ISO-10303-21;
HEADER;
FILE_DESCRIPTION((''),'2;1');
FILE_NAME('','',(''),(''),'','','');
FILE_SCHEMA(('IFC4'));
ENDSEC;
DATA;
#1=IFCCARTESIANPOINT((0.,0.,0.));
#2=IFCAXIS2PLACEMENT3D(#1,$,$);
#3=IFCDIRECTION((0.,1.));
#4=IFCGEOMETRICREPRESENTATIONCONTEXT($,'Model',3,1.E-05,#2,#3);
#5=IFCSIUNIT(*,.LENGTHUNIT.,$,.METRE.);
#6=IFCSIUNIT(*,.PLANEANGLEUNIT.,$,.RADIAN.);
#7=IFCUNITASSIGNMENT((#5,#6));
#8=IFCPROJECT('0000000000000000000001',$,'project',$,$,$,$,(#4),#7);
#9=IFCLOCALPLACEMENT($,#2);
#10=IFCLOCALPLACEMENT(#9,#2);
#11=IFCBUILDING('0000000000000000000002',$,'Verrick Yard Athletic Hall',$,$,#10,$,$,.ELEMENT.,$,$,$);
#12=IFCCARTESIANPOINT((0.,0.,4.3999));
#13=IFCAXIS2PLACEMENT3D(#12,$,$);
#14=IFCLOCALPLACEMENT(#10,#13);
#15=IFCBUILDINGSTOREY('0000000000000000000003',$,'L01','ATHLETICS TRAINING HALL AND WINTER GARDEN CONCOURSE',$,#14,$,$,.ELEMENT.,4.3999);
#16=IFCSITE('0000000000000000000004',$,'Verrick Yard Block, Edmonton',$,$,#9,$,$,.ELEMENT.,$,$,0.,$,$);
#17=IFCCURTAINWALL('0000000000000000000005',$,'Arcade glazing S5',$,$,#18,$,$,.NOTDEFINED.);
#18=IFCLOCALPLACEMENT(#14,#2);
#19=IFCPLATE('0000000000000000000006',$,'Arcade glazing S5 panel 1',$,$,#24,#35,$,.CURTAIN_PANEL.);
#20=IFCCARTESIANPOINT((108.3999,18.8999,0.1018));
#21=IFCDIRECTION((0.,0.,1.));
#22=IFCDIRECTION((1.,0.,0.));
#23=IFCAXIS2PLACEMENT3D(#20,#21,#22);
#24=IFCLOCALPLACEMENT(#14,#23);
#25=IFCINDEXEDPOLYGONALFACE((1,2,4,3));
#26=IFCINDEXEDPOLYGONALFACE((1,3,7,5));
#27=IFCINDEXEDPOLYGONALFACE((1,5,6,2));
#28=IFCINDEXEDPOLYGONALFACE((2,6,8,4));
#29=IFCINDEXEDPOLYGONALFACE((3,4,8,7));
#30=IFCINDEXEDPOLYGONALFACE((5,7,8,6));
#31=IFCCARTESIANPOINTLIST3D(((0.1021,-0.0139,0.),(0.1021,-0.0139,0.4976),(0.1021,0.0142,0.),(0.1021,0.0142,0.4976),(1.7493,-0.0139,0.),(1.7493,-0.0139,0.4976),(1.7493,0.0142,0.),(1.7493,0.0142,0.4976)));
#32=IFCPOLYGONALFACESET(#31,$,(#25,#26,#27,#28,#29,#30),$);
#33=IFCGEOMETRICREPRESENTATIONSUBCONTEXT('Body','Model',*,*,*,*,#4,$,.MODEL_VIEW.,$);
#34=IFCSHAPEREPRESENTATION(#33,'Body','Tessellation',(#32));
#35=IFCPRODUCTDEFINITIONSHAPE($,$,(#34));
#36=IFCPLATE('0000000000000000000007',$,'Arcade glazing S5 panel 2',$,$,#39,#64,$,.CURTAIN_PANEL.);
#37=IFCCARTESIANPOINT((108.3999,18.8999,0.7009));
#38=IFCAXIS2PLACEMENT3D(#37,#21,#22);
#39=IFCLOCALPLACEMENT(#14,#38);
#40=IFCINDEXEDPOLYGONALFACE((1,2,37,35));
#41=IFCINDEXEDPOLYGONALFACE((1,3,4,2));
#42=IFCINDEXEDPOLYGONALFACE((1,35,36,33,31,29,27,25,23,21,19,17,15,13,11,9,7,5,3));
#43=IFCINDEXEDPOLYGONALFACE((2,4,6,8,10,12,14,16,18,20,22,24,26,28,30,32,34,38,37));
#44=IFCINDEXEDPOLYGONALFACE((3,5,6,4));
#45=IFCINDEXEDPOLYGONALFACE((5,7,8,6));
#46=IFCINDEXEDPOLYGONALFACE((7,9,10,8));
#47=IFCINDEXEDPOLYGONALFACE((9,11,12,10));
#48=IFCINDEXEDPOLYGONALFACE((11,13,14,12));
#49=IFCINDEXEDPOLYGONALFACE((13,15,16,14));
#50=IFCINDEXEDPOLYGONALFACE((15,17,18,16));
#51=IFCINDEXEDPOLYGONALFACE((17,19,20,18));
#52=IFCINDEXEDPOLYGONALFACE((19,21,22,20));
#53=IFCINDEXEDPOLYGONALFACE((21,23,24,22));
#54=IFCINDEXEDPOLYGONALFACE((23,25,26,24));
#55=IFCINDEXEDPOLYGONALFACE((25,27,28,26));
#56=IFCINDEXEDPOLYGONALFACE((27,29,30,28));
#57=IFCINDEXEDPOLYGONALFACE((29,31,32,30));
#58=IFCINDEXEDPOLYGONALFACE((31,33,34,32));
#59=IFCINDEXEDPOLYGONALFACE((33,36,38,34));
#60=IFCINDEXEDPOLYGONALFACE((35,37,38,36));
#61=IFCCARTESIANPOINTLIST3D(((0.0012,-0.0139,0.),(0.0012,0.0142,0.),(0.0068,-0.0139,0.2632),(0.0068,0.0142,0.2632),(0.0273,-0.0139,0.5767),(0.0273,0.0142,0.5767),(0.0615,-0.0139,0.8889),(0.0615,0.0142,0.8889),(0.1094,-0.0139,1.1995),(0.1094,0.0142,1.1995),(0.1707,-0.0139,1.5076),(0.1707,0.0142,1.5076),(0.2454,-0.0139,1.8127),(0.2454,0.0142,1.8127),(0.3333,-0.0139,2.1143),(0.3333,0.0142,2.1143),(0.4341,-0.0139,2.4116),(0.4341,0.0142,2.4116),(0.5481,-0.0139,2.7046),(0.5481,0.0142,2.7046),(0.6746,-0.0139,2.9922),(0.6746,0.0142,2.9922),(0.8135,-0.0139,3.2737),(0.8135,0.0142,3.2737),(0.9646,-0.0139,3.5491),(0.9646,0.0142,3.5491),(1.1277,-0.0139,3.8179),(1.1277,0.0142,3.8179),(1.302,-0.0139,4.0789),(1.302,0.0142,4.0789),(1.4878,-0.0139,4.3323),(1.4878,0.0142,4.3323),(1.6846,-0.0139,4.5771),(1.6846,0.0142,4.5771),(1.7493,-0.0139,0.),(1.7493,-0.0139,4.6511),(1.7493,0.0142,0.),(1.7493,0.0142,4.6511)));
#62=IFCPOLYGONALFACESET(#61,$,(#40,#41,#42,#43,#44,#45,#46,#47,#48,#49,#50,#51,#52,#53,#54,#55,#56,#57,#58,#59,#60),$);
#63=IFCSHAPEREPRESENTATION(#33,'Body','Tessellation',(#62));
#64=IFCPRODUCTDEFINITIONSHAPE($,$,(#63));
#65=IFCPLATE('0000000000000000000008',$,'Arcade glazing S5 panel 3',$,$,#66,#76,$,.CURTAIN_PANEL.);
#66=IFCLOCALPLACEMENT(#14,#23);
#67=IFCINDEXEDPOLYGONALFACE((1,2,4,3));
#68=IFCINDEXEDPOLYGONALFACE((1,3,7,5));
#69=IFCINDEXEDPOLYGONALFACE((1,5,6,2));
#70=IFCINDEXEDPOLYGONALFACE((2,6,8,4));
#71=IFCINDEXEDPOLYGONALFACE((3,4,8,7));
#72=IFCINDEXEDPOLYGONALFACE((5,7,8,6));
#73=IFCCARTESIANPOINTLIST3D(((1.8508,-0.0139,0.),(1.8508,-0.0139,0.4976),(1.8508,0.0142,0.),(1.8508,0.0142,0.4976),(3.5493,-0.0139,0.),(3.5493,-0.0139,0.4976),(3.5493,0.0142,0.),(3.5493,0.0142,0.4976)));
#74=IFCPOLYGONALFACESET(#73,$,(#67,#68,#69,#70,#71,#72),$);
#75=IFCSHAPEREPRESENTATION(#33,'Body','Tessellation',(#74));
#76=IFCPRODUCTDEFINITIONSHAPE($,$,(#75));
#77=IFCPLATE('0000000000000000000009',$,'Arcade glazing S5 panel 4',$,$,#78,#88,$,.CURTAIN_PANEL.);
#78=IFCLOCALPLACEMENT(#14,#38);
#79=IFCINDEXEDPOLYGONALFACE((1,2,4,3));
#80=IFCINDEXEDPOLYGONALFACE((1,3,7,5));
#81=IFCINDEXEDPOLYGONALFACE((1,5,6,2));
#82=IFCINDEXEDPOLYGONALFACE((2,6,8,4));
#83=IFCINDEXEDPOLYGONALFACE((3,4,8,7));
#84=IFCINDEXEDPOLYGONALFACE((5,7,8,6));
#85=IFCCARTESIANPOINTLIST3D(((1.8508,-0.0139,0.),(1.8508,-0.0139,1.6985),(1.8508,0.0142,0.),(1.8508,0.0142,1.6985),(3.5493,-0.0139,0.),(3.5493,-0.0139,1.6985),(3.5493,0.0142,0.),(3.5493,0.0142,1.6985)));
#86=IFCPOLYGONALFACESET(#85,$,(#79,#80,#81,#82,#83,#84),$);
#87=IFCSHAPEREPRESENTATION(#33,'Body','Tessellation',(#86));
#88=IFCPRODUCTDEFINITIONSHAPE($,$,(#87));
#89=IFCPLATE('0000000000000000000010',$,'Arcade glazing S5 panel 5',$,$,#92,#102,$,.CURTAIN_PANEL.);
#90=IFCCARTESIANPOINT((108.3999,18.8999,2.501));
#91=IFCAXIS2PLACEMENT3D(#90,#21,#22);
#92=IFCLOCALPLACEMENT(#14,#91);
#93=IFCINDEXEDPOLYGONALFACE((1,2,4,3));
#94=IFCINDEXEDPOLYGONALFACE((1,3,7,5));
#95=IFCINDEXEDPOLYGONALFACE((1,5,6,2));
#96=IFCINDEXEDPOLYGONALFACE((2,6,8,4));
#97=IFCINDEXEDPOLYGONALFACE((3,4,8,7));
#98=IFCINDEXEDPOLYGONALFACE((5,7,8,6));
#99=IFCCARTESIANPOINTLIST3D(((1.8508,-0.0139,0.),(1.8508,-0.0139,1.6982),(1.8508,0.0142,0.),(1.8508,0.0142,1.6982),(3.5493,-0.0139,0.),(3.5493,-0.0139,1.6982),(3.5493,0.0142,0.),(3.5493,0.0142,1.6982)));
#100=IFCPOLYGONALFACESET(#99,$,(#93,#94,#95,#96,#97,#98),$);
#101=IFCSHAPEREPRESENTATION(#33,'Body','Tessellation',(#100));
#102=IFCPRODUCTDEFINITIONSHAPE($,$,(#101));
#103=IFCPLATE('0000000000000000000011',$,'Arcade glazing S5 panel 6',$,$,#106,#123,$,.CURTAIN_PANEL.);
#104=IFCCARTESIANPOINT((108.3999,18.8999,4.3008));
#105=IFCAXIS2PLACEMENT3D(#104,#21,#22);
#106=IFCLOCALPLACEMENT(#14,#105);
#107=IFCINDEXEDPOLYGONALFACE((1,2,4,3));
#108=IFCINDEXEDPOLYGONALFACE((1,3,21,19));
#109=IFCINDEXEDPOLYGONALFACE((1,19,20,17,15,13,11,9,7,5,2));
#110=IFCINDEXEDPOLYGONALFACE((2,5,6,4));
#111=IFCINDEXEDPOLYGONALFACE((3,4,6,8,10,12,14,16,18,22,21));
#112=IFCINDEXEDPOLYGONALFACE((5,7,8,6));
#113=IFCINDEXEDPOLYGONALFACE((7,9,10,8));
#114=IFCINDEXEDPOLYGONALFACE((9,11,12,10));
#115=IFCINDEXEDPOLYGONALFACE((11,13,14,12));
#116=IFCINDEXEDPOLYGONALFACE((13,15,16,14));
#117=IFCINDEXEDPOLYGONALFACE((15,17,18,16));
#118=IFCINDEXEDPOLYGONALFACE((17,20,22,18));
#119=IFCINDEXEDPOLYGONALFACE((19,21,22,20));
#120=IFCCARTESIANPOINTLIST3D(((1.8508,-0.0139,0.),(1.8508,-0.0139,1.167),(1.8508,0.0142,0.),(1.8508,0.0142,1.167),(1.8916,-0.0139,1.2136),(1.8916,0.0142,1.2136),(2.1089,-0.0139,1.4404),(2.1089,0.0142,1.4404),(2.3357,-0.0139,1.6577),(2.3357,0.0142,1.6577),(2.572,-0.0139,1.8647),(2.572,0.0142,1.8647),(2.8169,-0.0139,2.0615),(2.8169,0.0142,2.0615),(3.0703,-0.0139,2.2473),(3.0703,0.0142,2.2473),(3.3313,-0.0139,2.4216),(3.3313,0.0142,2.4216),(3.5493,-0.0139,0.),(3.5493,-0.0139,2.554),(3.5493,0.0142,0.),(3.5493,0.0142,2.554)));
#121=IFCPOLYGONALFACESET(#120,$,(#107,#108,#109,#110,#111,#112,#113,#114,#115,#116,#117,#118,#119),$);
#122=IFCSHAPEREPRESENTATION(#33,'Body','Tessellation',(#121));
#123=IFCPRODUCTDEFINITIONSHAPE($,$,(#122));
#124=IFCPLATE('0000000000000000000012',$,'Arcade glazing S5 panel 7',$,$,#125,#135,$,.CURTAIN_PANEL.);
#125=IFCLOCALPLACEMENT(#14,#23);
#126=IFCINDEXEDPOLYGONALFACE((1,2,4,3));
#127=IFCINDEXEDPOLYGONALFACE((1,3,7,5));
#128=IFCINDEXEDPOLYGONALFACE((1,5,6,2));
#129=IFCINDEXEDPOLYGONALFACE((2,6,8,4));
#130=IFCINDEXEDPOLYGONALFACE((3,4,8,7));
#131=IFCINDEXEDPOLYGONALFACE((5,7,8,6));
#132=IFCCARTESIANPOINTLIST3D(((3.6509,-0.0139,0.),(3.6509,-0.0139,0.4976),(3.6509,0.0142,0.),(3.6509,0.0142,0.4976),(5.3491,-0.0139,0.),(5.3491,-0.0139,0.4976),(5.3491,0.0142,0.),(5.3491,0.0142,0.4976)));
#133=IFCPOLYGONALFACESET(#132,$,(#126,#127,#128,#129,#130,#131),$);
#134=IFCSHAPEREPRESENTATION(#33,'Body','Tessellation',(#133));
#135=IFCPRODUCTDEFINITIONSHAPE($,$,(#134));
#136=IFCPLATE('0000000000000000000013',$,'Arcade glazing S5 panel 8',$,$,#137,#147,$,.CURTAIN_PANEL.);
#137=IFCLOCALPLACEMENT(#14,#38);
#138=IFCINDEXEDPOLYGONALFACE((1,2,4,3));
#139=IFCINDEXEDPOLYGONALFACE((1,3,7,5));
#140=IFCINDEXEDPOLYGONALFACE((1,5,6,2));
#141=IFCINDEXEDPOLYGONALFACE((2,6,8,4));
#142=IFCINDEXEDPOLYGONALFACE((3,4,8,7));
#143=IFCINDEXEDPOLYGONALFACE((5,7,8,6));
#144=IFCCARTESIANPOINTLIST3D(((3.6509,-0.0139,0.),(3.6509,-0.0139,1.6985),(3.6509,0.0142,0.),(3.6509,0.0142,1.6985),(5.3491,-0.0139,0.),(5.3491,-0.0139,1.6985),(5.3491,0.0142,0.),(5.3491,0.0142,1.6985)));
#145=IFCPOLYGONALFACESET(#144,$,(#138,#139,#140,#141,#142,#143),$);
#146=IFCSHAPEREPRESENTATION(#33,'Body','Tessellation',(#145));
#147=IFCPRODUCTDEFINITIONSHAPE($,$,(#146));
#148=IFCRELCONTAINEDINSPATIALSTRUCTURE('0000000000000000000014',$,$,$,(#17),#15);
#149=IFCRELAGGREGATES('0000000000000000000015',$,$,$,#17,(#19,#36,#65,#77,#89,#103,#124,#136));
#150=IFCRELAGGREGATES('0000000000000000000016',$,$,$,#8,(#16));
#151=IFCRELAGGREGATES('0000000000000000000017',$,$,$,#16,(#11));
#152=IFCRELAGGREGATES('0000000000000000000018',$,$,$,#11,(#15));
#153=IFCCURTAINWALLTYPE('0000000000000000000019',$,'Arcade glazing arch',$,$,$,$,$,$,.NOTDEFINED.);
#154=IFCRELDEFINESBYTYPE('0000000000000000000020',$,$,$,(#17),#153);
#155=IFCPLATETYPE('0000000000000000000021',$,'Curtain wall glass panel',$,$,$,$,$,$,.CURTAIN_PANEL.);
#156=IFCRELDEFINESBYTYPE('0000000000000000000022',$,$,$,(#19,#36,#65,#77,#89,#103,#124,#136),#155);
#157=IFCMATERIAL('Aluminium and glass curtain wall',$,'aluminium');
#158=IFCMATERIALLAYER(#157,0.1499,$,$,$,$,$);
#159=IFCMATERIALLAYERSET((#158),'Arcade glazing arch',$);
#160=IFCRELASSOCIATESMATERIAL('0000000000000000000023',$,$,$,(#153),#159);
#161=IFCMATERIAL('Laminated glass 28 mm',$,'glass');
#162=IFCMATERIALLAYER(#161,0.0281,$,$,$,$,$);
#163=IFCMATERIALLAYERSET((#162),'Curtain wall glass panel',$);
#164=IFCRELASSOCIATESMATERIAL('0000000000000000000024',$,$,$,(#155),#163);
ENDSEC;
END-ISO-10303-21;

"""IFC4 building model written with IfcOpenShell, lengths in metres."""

from ifc_helpers import new_model, si_unit, direction, frame, origin, place, context, subcontext, project, spatial, polyline, outline, extrude, material, layer, layer_set, type_object, element, aggregate, save


model = new_model("IFC4")

# Units and contexts
model_context = context("Model", 3, precision=1e-05, world=origin(), true_north=direction((0.0, 1.0)))
body_context = subcontext(model_context, "Body", "Model", "MODEL_VIEW")
ifc_project = project(units=[si_unit("LENGTHUNIT", "METRE"), si_unit("PLANEANGLEUNIT", "RADIAN")], contexts=[model_context])

# Site, building, storey
site_placement = place(None, origin())
site = spatial("IfcSite", under=ifc_project, at=site_placement, Name="Verrick Yard Block, Edmonton", CompositionType="ELEMENT", RefElevation=0.0)
building_placement = place(site_placement, origin())
building = spatial("IfcBuilding", under=site, at=building_placement, Name="Verrick Yard Athletic Hall", CompositionType="ELEMENT")
storey_placement = place(building_placement, frame((0.0, 0.0, 4.3999)))
storey = spatial("IfcBuildingStorey", under=building, at=storey_placement, Name="L01", Description="ATHLETICS TRAINING HALL AND WINTER GARDEN CONCOURSE", CompositionType="ELEMENT", Elevation=4.3999)

# Shared definitions
ifc_material_1 = material(Name="Aluminium and glass curtain wall", Category="aluminium")
ifc_layer_1 = layer(ifc_material_1, 0.1499)
ifc_layer_set_1 = layer_set([ifc_layer_1], Name="Arcade glazing arch")
curtain_wall_type_1 = type_object("IfcCurtainWallType", Name="Arcade glazing arch", PredefinedType="NOTDEFINED", material=ifc_layer_set_1)

# Curtain wall, plates
curtain_wall_1_placement = place(storey_placement, origin())
curtain_wall_1 = element("IfcCurtainWall", 1, at=curtain_wall_1_placement, inside=storey, type_object=curtain_wall_type_1, Name="Arcade glazing S5", PredefinedType="NOTDEFINED")
ifc_material_2 = material(Name="Laminated glass 28 mm", Category="glass")
ifc_layer_2 = layer(ifc_material_2, 0.0281)
ifc_layer_set_2 = layer_set([ifc_layer_2], Name="Curtain wall glass panel")
plate_type = type_object("IfcPlateType", Name="Curtain wall glass panel", PredefinedType="CURTAIN_PANEL", material=ifc_layer_set_2)
plate_1_placement = place(storey_placement, frame((108.3999, 18.8999, 0.1018), z_axis=(0.0, 0.0, 1.0), x_axis=(1.0, 0.0, 0.0)))
plate_1 = element("IfcPlate", 2, at=plate_1_placement, type_object=plate_type, Name="Arcade glazing S5 panel 1", PredefinedType="CURTAIN_PANEL", context=body_context, shape_type="SweptSolid", body=[
    extrude(outline(polyline([(1.7493, 0.0), (1.7493, 0.4976), (0.1021, 0.4976), (0.1021, 0.0), (1.7493, 0.0)])), frame((0.0, 0.0142, 0.0), z_axis=(0.0, -1.0, 0.0), x_axis=(1.0, 0.0, 0.0)), (0.0, 0.0, 1.0), 0.0281),
])
plate_2_placement = place(storey_placement, frame((108.3999, 18.8999, 0.7009), z_axis=(0.0, 0.0, 1.0), x_axis=(1.0, 0.0, 0.0)))
plate_2 = element("IfcPlate", 3, at=plate_2_placement, type_object=plate_type, Name="Arcade glazing S5 panel 2", PredefinedType="CURTAIN_PANEL", context=body_context, shape_type="SweptSolid", body=[
    extrude(outline(polyline([(1.7493, 4.6511), (1.6846, 4.5771), (1.4878, 4.3323), (1.302, 4.0789), (1.1277, 3.8179), (0.9646, 3.5491), (0.8135, 3.2737), (0.6746, 2.9922), (0.5481, 2.7046), (0.4341, 2.4116), (0.3333, 2.1143), (0.2454, 1.8127), (0.1707, 1.5076), (0.1094, 1.1995), (0.0615, 0.8889), (0.0273, 0.5767), (0.0068, 0.2632), (0.0012, 0.0), (1.7493, 0.0), (1.7493, 4.6511)])), frame((0.0, 0.0142, 0.0), z_axis=(0.0, -1.0, 0.0), x_axis=(1.0, 0.0, 0.0)), (0.0, 0.0, 1.0), 0.0281),
])
plate_3_placement = place(storey_placement, frame((108.3999, 18.8999, 0.1018), z_axis=(0.0, 0.0, 1.0), x_axis=(1.0, 0.0, 0.0)))
plate_3 = element("IfcPlate", 4, at=plate_3_placement, type_object=plate_type, Name="Arcade glazing S5 panel 3", PredefinedType="CURTAIN_PANEL", context=body_context, shape_type="SweptSolid", body=[
    extrude(outline(polyline([(3.5493, 0.0), (3.5493, 0.4976), (1.8508, 0.4976), (1.8508, 0.0), (3.5493, 0.0)])), frame((0.0, 0.0142, 0.0), z_axis=(0.0, -1.0, 0.0), x_axis=(1.0, 0.0, 0.0)), (0.0, 0.0, 1.0), 0.0281),
])
plate_4_placement = place(storey_placement, frame((108.3999, 18.8999, 0.7009), z_axis=(0.0, 0.0, 1.0), x_axis=(1.0, 0.0, 0.0)))
plate_4 = element("IfcPlate", 5, at=plate_4_placement, type_object=plate_type, Name="Arcade glazing S5 panel 4", PredefinedType="CURTAIN_PANEL", context=body_context, shape_type="SweptSolid", body=[
    extrude(outline(polyline([(3.5493, 0.0), (3.5493, 1.6985), (1.8508, 1.6985), (1.8508, 0.0), (3.5493, 0.0)])), frame((0.0, 0.0142, 0.0), z_axis=(0.0, -1.0, 0.0), x_axis=(1.0, 0.0, 0.0)), (0.0, 0.0, 1.0), 0.0281),
])
plate_5_placement = place(storey_placement, frame((108.3999, 18.8999, 2.501), z_axis=(0.0, 0.0, 1.0), x_axis=(1.0, 0.0, 0.0)))
plate_5 = element("IfcPlate", 6, at=plate_5_placement, type_object=plate_type, Name="Arcade glazing S5 panel 5", PredefinedType="CURTAIN_PANEL", context=body_context, shape_type="SweptSolid", body=[
    extrude(outline(polyline([(3.5493, 0.0), (3.5493, 1.6982), (1.8508, 1.6982), (1.8508, 0.0), (3.5493, 0.0)])), frame((0.0, 0.0142, 0.0), z_axis=(0.0, -1.0, 0.0), x_axis=(1.0, 0.0, 0.0)), (0.0, 0.0, 1.0), 0.0281),
])
plate_6_placement = place(storey_placement, frame((108.3999, 18.8999, 4.3008), z_axis=(0.0, 0.0, 1.0), x_axis=(1.0, 0.0, 0.0)))
plate_6 = element("IfcPlate", 7, at=plate_6_placement, type_object=plate_type, Name="Arcade glazing S5 panel 6", PredefinedType="CURTAIN_PANEL", context=body_context, shape_type="SweptSolid", body=[
    extrude(outline(polyline([(3.5493, 2.554), (3.3313, 2.4216), (3.0703, 2.2473), (2.8169, 2.0615), (2.572, 1.8647), (2.3357, 1.6577), (2.1089, 1.4404), (1.8916, 1.2136), (1.8508, 1.167), (1.8508, 0.0), (3.5493, 0.0), (3.5493, 2.554)])), frame((0.0, 0.0142, 0.0), z_axis=(0.0, -1.0, 0.0), x_axis=(1.0, 0.0, 0.0)), (0.0, 0.0, 1.0), 0.0281),
])
plate_7_placement = place(storey_placement, frame((108.3999, 18.8999, 0.1018), z_axis=(0.0, 0.0, 1.0), x_axis=(1.0, 0.0, 0.0)))
plate_7 = element("IfcPlate", 8, at=plate_7_placement, type_object=plate_type, Name="Arcade glazing S5 panel 7", PredefinedType="CURTAIN_PANEL", context=body_context, shape_type="SweptSolid", body=[
    extrude(outline(polyline([(5.3491, 0.0), (5.3491, 0.4976), (3.6509, 0.4976), (3.6509, 0.0), (5.3491, 0.0)])), frame((0.0, 0.0142, 0.0), z_axis=(0.0, -1.0, 0.0), x_axis=(1.0, 0.0, 0.0)), (0.0, 0.0, 1.0), 0.0281),
])
plate_8_placement = place(storey_placement, frame((108.3999, 18.8999, 0.7009), z_axis=(0.0, 0.0, 1.0), x_axis=(1.0, 0.0, 0.0)))
plate_8 = element("IfcPlate", 9, at=plate_8_placement, type_object=plate_type, Name="Arcade glazing S5 panel 8", PredefinedType="CURTAIN_PANEL", context=body_context, shape_type="SweptSolid", body=[
    extrude(outline(polyline([(5.3491, 0.0), (5.3491, 1.6985), (3.6509, 1.6985), (3.6509, 0.0), (5.3491, 0.0)])), frame((0.0, 0.0142, 0.0), z_axis=(0.0, -1.0, 0.0), x_axis=(1.0, 0.0, 0.0)), (0.0, 0.0, 1.0), 0.0281),
])
aggregate(curtain_wall_1, [plate_1, plate_2, plate_3, plate_4, plate_5, plate_6, plate_7, plate_8])

save(model, "model.ifc")
